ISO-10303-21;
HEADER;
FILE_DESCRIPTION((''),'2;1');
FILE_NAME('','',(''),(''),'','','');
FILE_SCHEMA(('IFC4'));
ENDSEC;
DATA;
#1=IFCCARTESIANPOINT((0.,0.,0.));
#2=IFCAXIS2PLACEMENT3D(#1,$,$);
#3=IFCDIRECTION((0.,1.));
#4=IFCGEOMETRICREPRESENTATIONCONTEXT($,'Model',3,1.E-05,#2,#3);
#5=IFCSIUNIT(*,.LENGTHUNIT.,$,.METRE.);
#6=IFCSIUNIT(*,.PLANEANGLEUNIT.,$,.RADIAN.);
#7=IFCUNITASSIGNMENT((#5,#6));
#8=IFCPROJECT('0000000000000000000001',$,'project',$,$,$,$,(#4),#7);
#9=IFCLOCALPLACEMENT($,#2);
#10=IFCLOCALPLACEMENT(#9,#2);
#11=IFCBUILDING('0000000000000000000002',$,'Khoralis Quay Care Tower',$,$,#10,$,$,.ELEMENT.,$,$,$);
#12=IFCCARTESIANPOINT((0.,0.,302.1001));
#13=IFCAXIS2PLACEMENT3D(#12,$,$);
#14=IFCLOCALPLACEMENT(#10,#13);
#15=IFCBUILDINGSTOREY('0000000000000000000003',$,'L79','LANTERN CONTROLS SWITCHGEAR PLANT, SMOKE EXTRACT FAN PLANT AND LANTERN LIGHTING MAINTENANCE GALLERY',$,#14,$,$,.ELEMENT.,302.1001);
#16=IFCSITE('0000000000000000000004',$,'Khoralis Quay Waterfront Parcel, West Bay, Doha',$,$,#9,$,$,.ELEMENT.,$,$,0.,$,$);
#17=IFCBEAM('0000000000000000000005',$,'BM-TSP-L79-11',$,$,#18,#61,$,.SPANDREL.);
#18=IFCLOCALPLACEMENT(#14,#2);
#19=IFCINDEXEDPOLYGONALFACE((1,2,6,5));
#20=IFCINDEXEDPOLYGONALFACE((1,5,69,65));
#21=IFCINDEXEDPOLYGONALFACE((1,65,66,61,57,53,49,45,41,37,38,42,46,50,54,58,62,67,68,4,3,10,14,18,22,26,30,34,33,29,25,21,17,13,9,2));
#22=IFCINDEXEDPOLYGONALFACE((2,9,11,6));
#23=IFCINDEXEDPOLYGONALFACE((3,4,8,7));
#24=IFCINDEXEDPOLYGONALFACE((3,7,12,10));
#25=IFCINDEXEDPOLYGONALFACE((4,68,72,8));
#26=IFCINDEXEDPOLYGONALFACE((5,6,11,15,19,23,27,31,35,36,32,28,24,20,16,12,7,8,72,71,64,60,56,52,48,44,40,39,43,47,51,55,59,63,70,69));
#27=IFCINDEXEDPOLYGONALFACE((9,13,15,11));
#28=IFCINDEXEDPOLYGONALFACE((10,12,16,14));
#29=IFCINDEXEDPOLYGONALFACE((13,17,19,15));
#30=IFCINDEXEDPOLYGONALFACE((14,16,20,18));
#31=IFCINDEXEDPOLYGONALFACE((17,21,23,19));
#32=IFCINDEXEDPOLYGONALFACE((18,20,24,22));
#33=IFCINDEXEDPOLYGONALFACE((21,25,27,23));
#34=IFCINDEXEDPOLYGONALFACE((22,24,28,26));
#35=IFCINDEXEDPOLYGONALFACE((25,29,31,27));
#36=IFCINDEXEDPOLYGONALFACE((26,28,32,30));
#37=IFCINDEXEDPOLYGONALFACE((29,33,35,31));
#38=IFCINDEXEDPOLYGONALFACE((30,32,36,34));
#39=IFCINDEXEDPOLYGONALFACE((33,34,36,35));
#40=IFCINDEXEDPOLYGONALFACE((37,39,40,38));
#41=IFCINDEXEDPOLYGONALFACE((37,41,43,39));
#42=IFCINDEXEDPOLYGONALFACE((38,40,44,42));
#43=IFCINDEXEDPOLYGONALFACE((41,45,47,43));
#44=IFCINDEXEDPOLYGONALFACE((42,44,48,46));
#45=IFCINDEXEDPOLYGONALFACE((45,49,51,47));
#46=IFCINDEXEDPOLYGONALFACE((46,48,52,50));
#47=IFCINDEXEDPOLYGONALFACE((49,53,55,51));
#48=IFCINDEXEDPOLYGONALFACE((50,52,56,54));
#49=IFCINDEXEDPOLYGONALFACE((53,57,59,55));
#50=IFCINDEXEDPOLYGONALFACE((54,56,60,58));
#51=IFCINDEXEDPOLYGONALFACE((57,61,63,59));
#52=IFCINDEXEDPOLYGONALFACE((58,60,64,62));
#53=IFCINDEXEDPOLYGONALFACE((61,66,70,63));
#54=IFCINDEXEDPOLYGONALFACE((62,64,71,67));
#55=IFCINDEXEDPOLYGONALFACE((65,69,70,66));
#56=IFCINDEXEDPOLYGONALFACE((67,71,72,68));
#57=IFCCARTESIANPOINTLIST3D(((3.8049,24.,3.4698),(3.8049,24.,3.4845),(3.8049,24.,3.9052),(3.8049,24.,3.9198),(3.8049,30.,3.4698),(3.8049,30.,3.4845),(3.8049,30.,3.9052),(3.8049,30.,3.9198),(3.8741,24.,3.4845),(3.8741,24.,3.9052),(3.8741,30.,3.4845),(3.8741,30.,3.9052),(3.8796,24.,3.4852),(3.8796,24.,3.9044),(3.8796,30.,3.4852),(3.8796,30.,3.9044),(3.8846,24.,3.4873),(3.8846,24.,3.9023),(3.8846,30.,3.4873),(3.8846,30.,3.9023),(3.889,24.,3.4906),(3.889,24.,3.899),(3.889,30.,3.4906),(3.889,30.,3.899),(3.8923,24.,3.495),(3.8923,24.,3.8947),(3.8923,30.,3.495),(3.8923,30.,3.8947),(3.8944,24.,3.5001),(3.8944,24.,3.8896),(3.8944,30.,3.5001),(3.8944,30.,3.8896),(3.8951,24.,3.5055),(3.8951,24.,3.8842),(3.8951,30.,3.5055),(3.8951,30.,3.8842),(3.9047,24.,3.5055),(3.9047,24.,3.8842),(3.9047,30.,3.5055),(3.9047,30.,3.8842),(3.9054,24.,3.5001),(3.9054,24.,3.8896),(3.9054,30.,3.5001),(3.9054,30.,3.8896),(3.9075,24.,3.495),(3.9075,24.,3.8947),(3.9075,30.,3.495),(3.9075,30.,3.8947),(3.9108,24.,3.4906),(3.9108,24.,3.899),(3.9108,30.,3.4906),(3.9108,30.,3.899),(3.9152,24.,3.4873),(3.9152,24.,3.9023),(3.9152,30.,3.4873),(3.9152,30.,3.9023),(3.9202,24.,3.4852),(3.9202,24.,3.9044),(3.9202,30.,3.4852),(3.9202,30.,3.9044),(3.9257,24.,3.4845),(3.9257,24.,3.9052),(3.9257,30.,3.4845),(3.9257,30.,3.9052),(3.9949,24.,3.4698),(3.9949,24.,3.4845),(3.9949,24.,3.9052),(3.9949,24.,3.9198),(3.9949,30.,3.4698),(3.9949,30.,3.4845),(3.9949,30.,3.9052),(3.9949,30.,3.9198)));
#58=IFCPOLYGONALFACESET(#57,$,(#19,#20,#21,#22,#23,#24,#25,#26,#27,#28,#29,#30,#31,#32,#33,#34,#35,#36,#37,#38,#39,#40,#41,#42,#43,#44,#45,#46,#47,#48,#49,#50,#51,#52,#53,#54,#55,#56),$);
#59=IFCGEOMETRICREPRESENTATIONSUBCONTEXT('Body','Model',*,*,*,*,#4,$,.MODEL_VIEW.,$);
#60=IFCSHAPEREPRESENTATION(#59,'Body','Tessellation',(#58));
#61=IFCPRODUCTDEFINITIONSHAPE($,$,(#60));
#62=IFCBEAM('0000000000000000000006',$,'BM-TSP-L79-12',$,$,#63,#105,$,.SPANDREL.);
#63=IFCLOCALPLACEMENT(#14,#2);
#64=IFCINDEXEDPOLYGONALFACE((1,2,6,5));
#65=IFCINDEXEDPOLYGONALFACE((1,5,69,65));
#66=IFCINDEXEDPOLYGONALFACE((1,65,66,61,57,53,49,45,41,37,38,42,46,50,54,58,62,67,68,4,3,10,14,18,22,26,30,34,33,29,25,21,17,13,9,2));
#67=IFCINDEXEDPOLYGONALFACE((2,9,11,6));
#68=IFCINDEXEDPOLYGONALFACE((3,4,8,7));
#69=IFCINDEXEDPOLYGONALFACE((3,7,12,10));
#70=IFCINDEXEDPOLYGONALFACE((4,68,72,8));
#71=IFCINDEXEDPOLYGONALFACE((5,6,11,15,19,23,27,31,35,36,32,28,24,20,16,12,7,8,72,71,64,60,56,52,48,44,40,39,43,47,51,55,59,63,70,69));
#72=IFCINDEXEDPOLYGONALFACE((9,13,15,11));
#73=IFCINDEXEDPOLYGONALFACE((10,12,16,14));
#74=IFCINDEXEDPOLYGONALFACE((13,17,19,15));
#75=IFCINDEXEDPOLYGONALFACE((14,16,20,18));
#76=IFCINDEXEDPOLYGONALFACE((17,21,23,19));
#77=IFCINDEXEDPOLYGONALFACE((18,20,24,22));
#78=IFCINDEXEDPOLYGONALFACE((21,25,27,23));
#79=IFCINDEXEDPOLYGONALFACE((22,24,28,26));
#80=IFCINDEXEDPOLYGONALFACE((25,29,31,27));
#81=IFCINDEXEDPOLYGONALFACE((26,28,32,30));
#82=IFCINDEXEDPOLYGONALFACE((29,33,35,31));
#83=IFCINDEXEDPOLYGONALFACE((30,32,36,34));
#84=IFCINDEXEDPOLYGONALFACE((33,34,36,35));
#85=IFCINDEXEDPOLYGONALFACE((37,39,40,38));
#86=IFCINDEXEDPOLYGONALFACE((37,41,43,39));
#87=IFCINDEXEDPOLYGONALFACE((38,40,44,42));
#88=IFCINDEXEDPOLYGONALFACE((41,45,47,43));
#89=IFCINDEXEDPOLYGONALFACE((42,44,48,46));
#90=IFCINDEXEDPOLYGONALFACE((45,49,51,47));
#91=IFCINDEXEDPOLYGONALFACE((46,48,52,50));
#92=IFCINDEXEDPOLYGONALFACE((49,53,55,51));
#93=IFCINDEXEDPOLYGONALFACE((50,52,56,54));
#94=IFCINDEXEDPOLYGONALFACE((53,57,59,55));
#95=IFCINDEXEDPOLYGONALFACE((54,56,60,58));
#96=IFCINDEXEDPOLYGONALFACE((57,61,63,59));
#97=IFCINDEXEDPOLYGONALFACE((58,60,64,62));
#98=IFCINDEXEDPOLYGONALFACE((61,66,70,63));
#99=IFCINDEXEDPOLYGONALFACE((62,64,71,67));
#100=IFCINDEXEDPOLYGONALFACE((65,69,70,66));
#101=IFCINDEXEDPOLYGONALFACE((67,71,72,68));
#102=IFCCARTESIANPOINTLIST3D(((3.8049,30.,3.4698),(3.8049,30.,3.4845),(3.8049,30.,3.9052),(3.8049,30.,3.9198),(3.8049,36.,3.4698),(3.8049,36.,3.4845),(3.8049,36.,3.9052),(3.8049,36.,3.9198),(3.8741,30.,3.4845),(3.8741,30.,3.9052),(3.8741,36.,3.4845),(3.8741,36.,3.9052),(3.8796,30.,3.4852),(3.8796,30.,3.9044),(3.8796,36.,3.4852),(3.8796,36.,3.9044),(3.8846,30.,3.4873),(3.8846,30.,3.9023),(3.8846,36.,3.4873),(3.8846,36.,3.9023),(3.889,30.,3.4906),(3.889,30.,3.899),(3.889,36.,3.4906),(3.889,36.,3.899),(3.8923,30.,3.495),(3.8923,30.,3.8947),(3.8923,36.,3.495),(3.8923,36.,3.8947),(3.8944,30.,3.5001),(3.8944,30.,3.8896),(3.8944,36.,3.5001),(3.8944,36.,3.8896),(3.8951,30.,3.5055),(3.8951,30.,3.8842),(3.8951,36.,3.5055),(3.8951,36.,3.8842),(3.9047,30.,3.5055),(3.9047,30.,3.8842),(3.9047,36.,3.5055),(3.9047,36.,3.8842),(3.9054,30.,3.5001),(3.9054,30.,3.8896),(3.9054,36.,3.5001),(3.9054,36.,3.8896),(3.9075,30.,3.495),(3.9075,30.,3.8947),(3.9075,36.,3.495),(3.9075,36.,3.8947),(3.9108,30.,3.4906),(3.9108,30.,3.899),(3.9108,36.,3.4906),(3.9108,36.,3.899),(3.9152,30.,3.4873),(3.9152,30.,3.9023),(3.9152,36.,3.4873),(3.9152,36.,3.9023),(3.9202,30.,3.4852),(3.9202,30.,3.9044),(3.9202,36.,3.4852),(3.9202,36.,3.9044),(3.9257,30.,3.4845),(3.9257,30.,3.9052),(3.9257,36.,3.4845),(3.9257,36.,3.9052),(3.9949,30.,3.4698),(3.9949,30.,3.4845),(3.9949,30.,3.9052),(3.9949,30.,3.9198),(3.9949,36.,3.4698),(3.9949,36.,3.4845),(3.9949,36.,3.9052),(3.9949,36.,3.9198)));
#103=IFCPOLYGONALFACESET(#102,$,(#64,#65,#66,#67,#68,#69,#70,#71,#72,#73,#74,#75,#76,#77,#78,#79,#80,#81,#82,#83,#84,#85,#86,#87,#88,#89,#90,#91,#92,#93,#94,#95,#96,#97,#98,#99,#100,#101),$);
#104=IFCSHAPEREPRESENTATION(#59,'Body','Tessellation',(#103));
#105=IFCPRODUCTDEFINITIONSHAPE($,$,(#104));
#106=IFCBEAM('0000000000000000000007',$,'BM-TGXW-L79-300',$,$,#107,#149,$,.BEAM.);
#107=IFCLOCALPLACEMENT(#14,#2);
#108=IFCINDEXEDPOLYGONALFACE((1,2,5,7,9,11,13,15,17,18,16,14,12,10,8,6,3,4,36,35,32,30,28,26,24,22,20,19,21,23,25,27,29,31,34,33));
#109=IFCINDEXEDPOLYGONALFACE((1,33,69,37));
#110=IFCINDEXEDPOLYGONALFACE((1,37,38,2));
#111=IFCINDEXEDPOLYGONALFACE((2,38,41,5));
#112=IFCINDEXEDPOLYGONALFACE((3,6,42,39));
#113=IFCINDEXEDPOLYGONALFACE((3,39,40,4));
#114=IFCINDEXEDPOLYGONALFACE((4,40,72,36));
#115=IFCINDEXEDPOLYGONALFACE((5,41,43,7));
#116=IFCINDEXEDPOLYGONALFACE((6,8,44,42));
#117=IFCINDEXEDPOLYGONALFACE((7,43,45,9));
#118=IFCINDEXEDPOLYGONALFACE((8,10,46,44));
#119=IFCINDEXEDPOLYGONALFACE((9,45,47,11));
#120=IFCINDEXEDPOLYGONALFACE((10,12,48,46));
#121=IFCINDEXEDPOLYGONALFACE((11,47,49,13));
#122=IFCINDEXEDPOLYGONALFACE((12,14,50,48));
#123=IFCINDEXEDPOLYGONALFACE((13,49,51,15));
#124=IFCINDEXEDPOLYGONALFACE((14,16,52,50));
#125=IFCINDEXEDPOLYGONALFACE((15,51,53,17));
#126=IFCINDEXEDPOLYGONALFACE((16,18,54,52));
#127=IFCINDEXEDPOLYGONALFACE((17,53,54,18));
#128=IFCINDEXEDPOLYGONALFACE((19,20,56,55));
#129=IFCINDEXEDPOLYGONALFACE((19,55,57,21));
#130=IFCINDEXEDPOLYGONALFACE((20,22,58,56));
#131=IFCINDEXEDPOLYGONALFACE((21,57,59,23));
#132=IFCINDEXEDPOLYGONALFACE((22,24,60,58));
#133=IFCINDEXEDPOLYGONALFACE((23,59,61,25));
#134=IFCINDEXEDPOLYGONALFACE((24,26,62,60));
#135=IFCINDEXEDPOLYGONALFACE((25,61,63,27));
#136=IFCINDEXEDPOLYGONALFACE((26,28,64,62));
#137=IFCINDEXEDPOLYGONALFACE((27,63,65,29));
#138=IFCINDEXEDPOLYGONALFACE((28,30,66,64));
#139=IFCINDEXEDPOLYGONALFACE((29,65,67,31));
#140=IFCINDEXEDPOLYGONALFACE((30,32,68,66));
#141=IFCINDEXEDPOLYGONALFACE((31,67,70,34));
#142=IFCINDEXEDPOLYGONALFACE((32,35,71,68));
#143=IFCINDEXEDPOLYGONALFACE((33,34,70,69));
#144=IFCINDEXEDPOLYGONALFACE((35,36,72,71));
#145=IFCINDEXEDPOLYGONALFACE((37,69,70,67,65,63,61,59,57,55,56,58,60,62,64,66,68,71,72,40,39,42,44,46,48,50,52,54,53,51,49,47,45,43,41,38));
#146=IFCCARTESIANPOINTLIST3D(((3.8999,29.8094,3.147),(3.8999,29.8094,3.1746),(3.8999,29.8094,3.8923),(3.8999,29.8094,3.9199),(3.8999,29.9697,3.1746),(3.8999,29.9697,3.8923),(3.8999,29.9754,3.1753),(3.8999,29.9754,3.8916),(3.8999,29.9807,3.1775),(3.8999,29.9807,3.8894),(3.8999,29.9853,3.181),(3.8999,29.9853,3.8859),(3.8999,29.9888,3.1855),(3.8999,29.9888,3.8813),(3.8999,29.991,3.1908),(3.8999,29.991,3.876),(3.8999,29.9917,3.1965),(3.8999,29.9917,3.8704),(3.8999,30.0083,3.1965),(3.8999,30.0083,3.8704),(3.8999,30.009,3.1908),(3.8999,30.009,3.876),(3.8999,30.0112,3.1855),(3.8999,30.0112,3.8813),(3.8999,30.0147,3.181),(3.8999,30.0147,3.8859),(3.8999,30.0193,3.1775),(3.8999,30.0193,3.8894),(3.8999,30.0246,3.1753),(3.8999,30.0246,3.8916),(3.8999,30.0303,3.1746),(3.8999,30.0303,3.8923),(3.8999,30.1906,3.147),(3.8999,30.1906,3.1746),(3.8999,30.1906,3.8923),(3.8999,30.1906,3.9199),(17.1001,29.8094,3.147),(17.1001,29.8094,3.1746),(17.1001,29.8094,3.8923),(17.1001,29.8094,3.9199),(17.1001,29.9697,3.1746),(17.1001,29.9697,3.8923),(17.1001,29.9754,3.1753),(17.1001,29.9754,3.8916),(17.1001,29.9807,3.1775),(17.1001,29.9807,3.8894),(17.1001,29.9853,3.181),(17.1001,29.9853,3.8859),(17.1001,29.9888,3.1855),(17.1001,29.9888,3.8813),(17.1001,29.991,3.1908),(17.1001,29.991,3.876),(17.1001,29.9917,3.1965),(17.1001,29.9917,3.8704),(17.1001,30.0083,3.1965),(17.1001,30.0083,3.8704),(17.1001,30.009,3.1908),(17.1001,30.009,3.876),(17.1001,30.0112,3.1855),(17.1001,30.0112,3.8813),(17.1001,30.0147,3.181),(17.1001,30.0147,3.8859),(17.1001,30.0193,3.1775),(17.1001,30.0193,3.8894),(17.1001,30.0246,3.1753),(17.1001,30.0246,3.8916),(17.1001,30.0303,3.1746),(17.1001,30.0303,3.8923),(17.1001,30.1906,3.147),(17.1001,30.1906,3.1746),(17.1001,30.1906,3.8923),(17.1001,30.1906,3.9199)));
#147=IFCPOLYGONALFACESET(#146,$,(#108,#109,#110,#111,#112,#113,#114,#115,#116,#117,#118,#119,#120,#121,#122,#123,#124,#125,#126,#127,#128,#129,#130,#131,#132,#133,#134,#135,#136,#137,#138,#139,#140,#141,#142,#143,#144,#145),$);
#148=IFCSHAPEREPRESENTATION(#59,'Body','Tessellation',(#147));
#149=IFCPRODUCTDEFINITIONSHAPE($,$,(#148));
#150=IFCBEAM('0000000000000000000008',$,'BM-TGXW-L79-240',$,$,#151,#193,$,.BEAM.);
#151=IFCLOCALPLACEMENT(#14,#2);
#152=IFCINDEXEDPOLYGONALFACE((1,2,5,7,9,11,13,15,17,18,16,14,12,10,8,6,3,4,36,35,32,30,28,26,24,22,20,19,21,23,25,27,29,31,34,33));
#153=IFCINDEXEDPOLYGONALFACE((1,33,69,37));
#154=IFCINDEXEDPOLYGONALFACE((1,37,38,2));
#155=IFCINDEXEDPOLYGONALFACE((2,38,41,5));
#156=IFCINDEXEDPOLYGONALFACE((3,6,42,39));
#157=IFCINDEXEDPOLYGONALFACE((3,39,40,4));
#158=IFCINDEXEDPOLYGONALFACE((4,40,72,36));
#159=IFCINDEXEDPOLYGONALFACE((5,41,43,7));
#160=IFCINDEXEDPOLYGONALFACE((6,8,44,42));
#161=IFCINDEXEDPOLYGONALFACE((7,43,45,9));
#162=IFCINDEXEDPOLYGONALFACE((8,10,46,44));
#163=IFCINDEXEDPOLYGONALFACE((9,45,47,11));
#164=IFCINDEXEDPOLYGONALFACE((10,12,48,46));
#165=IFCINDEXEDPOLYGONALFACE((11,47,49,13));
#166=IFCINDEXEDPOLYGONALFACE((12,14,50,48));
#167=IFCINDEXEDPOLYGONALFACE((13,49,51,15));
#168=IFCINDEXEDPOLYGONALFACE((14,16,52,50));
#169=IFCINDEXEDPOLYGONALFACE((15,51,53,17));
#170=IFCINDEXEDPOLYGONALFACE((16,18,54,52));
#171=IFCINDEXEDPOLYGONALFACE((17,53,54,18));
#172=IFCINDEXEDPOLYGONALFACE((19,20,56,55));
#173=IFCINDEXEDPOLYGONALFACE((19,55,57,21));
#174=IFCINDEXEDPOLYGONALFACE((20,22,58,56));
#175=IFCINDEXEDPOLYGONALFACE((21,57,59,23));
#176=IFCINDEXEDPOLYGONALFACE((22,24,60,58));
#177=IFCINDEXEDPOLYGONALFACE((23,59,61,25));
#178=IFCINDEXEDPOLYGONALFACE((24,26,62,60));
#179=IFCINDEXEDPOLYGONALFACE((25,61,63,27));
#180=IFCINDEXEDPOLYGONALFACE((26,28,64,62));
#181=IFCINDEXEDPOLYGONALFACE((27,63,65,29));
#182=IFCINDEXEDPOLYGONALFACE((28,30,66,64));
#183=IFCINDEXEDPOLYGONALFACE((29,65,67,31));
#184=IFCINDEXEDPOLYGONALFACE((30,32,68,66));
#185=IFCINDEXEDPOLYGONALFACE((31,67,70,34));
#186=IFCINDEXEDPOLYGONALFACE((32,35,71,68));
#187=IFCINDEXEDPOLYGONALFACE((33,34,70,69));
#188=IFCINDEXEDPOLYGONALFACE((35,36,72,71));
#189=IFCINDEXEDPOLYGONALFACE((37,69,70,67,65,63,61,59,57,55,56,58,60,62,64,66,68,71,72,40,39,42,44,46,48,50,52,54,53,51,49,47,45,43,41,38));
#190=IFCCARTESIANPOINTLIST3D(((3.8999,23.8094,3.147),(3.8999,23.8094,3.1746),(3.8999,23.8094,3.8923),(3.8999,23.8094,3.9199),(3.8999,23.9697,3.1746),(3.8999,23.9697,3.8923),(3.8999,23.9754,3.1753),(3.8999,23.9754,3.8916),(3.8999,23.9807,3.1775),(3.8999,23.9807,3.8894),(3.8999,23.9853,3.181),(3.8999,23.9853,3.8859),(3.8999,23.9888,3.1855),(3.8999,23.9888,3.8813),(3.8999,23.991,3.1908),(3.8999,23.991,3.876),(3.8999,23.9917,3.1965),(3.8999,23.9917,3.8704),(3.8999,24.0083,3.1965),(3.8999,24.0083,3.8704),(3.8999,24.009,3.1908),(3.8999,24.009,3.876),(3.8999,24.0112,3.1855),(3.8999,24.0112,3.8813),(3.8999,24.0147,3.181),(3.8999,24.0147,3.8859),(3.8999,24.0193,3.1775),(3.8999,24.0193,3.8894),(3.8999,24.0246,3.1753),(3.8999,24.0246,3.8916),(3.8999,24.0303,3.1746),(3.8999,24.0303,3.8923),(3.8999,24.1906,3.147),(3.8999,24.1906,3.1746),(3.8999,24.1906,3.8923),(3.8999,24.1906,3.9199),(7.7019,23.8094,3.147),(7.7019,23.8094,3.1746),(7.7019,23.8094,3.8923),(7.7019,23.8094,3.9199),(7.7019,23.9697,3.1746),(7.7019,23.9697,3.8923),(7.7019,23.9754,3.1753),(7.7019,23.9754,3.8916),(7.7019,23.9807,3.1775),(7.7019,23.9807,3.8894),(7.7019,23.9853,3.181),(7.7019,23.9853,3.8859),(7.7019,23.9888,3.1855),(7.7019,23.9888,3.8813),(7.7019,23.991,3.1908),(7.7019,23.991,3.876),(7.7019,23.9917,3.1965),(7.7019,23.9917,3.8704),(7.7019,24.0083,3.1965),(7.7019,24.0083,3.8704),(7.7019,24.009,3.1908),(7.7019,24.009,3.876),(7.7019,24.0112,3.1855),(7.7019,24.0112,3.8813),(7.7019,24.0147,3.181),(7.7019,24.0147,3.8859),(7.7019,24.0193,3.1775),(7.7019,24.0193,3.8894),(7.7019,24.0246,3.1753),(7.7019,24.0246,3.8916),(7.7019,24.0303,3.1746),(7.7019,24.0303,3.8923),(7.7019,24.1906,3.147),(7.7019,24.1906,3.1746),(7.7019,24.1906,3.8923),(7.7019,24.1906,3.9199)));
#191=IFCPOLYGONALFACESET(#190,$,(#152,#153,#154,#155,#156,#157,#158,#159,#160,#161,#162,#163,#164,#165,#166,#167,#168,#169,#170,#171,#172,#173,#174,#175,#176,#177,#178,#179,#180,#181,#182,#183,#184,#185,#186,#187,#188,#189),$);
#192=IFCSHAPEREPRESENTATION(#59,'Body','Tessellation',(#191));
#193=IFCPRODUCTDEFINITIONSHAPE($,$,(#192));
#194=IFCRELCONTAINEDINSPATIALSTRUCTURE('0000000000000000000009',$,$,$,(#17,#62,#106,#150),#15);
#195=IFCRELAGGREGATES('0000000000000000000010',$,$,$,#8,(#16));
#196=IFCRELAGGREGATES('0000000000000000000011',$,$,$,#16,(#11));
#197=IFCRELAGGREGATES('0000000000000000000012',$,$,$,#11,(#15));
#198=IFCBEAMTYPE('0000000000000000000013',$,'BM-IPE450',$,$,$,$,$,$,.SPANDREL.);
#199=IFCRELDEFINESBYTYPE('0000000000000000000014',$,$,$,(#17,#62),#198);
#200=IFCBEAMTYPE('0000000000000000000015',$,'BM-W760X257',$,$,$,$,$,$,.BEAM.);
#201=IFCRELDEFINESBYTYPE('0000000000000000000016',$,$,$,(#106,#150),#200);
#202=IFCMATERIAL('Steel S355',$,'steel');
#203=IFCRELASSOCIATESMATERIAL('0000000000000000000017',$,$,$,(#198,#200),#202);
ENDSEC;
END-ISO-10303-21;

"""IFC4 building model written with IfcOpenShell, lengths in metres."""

from ifc_helpers import new_model, si_unit, direction, frame, origin, origin_2d, place, context, subcontext, project, spatial, i_section, extrude, source, transform, mapped, material, material_profile, profile_set, type_object, element, save


model = new_model("IFC4")

# Units and contexts
model_context = context("Model", 3, precision=1e-05, world=origin(), true_north=direction((0.0, 1.0)))
body_context = subcontext(model_context, "Body", "Model", "MODEL_VIEW")
ifc_project = project(units=[si_unit("LENGTHUNIT", "METRE"), si_unit("PLANEANGLEUNIT", "RADIAN")], contexts=[model_context])

# Site, building, storey
site_placement = place(None, origin())
site = spatial("IfcSite", under=ifc_project, at=site_placement, Name="Khoralis Quay Waterfront Parcel, West Bay, Doha", CompositionType="ELEMENT", RefElevation=0.0)
building_placement = place(site_placement, origin())
building = spatial("IfcBuilding", under=site, at=building_placement, Name="Khoralis Quay Care Tower", CompositionType="ELEMENT")
storey_placement = place(building_placement, frame((0.0, 0.0, 302.1001)))
storey = spatial("IfcBuildingStorey", under=building, at=storey_placement, Name="L79", Description="LANTERN CONTROLS SWITCHGEAR PLANT, SMOKE EXTRACT FAN PLANT AND LANTERN LIGHTING MAINTENANCE GALLERY", CompositionType="ELEMENT", Elevation=302.1001)

# Beams
ifc_material_1 = material(Name="Steel S355", Category="steel")
ifc_material_profile_1 = material_profile(ifc_material_1, i_section(OverallWidth=0.1899, OverallDepth=0.45, WebThickness=0.0095, FlangeThickness=0.0146, FilletRadius=0.021, at=origin_2d()), Name="Steel S355")
ifc_profile_set_1 = profile_set([ifc_material_profile_1], Name="Steel S355")
beam_type_1 = type_object("IfcBeamType", Name="BM-IPE450", PredefinedType="SPANDREL", material=ifc_profile_set_1)
shared_shape_1 = source(origin(), body_context, "Body", "SweptSolid", [
    extrude(i_section(OverallWidth=0.1899, OverallDepth=0.45, WebThickness=0.0095, FlangeThickness=0.0146, FilletRadius=0.021, at=origin_2d()), origin(), (0.0, 0.0, 1.0), 6.0),
])
for number, where, z_axis, x_axis, name in (
    (1, (3.8999, 24.0, 3.6948), (0.0, 1.0, 0.0), (-1.0, 0.0, 0.0), "BM-TSP-L79-11"),
    (2, (3.8999, 30.0, 3.6948), (0.0, 1.0, 0.0), (-1.0, 0.0, 0.0), "BM-TSP-L79-12"),
):
    element("IfcBeam", number, at=place(storey_placement, frame(where, z_axis=z_axis, x_axis=x_axis)), inside=storey, type_object=beam_type_1, Name=name, PredefinedType="SPANDREL", context=body_context, shape_type="MappedRepresentation", body=[
        mapped(shared_shape_1, transform((0.0, 0.0, 0.0), scale=1.0)),
    ])
ifc_material_profile_2 = material_profile(ifc_material_1, i_section(OverallWidth=0.3811, OverallDepth=0.7729, WebThickness=0.0166, FlangeThickness=0.0276, FilletRadius=0.022, at=origin_2d()), Name="Steel S355")
ifc_profile_set_2 = profile_set([ifc_material_profile_2], Name="Steel S355")
beam_type_2 = type_object("IfcBeamType", Name="BM-W760X257", PredefinedType="BEAM", material=ifc_profile_set_2)
shared_shape_2 = source(origin(), body_context, "Body", "SweptSolid", [
    extrude(i_section(OverallWidth=0.3811, OverallDepth=0.7729, WebThickness=0.0166, FlangeThickness=0.0276, FilletRadius=0.022, at=origin_2d()), origin(), (0.0, 0.0, 1.0), 13.2002),
])
beam_1_placement = place(storey_placement, frame((3.8999, 30.0, 3.5334), z_axis=(1.0, 0.0, 0.0), x_axis=(0.0, 1.0, 0.0)))
element("IfcBeam", 3, at=beam_1_placement, inside=storey, type_object=beam_type_2, Name="BM-TGXW-L79-300", PredefinedType="BEAM", context=body_context, shape_type="MappedRepresentation", body=[
    mapped(shared_shape_2, transform((0.0, 0.0, 0.0), scale=1.0)),
])
shared_shape_3 = source(origin(), body_context, "Body", "SweptSolid", [
    extrude(i_section(OverallWidth=0.3811, OverallDepth=0.7729, WebThickness=0.0166, FlangeThickness=0.0276, FilletRadius=0.022, at=origin_2d()), origin(), (0.0, 0.0, 1.0), 3.802),
])
beam_2_placement = place(storey_placement, frame((3.8999, 24.0, 3.5334), z_axis=(1.0, 0.0, 0.0), x_axis=(0.0, 1.0, 0.0)))
element("IfcBeam", 4, at=beam_2_placement, inside=storey, type_object=beam_type_2, Name="BM-TGXW-L79-240", PredefinedType="BEAM", context=body_context, shape_type="MappedRepresentation", body=[
    mapped(shared_shape_3, transform((0.0, 0.0, 0.0), scale=1.0)),
])

save(model, "model.ifc")
